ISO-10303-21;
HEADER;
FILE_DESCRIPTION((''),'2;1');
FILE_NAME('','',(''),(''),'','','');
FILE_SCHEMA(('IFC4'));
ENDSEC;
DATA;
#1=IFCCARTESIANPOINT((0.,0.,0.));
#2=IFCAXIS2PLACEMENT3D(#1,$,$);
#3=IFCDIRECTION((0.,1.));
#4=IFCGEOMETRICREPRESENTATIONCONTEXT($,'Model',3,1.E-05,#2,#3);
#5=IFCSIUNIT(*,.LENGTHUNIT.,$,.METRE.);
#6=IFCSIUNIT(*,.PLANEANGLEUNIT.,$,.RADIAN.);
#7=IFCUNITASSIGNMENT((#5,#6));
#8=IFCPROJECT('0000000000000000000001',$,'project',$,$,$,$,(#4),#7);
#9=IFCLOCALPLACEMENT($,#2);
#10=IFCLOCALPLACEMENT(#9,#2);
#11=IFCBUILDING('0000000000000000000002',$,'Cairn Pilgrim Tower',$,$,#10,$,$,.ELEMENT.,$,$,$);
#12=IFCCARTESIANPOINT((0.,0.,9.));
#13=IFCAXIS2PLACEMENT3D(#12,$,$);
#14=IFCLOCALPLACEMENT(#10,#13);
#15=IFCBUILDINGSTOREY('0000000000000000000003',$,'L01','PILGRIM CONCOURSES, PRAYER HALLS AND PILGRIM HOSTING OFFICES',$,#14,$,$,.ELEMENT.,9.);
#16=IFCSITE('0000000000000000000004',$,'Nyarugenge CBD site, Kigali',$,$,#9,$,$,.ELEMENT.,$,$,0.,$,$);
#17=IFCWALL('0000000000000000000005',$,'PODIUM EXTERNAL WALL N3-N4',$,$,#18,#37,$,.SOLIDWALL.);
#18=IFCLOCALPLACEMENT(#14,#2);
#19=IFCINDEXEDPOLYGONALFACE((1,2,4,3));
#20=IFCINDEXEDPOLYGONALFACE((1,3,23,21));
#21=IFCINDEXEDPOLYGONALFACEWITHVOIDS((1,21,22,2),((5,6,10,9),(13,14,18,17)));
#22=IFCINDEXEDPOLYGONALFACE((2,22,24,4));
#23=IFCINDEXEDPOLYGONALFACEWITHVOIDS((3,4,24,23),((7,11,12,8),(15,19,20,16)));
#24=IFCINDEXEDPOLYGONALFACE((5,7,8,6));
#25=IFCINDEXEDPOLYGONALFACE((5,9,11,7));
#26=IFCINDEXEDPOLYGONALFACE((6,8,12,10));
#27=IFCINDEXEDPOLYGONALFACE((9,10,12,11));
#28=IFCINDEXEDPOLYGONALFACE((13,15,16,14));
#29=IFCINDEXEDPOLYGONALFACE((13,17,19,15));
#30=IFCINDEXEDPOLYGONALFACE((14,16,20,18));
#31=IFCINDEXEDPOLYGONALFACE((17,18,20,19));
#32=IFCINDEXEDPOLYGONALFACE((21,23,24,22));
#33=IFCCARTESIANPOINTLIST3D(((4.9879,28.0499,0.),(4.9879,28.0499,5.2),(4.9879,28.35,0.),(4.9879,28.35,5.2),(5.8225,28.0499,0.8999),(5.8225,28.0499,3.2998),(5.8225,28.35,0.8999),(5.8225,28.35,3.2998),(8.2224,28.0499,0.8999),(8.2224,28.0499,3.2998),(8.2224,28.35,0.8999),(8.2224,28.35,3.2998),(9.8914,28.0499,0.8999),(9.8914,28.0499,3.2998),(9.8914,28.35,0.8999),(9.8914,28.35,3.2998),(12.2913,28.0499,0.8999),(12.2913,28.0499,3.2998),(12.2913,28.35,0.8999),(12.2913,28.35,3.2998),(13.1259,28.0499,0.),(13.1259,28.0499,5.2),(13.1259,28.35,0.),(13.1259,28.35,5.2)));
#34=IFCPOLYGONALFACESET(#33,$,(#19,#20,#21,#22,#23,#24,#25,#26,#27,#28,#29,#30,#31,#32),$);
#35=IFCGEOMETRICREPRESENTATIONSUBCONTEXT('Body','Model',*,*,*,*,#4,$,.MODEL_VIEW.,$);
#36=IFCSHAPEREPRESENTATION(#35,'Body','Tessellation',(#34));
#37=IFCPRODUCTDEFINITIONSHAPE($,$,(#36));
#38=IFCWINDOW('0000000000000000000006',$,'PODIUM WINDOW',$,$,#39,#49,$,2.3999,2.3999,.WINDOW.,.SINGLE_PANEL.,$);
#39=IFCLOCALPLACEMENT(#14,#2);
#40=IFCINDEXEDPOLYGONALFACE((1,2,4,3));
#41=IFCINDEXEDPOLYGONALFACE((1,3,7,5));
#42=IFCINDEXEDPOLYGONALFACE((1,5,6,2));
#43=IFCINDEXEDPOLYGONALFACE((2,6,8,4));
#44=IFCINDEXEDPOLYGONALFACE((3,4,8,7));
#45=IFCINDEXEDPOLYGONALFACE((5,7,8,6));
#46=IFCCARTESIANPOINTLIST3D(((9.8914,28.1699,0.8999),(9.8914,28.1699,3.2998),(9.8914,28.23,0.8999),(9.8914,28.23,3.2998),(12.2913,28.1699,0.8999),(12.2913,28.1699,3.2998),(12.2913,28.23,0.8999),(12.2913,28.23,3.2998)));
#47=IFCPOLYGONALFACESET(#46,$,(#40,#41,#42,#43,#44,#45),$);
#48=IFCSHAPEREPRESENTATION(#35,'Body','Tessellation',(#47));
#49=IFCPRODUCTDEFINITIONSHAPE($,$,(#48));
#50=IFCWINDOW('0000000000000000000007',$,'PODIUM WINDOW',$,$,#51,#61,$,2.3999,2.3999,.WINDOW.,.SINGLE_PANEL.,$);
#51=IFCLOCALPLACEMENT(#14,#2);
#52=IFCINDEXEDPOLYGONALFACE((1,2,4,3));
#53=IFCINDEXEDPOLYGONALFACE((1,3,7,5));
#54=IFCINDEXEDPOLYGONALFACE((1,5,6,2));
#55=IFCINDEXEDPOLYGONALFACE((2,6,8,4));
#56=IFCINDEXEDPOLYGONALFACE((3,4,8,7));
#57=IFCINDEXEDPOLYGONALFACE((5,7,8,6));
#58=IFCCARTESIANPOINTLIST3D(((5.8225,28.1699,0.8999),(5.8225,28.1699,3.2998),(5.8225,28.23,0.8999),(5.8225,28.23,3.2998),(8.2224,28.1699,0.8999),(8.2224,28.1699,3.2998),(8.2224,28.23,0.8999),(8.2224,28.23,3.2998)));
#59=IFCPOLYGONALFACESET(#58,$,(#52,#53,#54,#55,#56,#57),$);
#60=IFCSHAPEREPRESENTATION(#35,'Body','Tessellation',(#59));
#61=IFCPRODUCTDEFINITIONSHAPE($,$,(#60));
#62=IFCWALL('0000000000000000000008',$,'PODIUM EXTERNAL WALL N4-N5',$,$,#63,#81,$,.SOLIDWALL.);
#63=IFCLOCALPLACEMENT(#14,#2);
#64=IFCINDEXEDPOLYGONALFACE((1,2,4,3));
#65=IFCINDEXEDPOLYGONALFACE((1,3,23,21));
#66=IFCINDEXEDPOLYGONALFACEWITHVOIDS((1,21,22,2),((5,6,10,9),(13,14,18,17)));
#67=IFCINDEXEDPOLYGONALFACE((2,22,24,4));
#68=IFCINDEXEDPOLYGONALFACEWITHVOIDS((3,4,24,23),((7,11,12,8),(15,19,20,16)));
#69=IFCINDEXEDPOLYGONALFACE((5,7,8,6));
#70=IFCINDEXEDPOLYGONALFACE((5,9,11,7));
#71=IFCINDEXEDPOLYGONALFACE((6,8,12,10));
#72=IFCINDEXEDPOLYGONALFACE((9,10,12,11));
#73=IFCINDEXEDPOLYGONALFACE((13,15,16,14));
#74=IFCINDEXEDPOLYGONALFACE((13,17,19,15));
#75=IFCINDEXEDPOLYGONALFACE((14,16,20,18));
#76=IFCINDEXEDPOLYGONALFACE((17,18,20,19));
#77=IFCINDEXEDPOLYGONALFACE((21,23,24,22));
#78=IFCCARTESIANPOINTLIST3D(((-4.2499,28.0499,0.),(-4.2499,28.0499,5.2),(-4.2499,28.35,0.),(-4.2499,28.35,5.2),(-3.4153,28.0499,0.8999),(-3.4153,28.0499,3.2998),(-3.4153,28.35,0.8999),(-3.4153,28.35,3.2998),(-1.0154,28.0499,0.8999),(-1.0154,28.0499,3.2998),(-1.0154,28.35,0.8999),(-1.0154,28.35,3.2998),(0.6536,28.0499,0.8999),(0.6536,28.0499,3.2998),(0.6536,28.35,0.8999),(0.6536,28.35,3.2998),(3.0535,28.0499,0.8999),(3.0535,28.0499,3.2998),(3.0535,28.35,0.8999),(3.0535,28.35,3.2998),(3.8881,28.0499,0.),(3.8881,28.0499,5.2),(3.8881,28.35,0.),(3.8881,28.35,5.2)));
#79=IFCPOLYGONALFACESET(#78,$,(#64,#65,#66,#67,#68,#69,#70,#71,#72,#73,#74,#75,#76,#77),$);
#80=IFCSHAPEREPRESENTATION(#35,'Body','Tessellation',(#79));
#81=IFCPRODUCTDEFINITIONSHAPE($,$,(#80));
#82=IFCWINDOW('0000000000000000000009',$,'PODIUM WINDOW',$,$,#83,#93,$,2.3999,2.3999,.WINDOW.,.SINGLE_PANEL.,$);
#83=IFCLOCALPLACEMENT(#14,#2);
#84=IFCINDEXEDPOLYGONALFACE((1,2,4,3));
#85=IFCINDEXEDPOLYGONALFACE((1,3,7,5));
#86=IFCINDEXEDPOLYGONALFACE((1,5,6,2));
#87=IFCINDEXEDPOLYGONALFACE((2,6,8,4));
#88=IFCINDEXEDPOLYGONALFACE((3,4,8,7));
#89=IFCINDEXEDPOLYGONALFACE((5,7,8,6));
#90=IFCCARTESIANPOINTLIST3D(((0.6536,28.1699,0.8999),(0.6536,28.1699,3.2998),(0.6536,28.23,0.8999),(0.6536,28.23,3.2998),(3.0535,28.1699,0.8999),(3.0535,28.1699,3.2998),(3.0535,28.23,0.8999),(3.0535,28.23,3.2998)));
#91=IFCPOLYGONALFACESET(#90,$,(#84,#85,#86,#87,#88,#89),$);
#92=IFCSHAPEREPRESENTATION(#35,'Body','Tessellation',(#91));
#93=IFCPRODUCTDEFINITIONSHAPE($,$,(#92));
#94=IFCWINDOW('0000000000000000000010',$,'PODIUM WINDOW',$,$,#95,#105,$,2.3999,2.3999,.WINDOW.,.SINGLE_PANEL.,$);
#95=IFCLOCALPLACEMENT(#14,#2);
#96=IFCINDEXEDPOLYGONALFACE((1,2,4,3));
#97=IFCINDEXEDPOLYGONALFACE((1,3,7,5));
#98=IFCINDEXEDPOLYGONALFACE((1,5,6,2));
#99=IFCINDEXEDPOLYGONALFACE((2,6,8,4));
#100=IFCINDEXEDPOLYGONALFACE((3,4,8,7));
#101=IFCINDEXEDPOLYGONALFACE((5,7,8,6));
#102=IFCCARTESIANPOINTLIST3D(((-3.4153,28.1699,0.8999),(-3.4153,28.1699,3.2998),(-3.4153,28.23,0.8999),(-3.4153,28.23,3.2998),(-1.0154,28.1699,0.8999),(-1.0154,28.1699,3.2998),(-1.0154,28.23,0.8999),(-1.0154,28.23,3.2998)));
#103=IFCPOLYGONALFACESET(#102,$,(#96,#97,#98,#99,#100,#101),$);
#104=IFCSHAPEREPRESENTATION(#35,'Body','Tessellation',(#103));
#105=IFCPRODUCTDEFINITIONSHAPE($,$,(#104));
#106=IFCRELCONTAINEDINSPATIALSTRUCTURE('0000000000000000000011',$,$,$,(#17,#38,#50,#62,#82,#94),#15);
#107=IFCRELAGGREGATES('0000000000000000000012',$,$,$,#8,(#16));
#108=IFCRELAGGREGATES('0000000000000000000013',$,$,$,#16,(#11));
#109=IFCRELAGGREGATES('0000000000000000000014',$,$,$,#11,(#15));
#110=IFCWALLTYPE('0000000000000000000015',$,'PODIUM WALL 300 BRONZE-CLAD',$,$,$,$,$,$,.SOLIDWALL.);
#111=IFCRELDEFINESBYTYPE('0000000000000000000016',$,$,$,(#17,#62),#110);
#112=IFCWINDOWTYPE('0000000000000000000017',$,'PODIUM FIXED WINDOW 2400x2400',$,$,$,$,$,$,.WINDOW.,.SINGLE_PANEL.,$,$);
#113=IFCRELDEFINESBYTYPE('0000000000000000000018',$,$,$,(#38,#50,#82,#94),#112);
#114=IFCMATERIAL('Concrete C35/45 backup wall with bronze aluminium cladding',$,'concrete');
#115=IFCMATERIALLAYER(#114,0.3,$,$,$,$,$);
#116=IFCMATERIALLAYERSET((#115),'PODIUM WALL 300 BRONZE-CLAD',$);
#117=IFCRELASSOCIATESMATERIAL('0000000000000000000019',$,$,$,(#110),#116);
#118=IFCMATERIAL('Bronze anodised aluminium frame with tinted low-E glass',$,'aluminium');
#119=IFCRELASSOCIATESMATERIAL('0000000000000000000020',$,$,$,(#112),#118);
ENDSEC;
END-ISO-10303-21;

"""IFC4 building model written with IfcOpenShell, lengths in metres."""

from ifc_helpers import new_model, si_unit, direction, frame, frame_2d, origin, place, context, subcontext, project, spatial, rectangle, extrude, material, layer, layer_set, type_object, element, fill, save


model = new_model("IFC4")

# Units and contexts
model_context = context("Model", 3, precision=1e-05, world=origin(), true_north=direction((0.0, 1.0)))
body_context = subcontext(model_context, "Body", "Model", "MODEL_VIEW")
ifc_project = project(units=[si_unit("LENGTHUNIT", "METRE"), si_unit("PLANEANGLEUNIT", "RADIAN")], contexts=[model_context])

# Site, building, storey
site_placement = place(None, origin())
site = spatial("IfcSite", under=ifc_project, at=site_placement, Name="Nyarugenge CBD site, Kigali", CompositionType="ELEMENT", RefElevation=0.0)
building_placement = place(site_placement, origin())
building = spatial("IfcBuilding", under=site, at=building_placement, Name="Cairn Pilgrim Tower", CompositionType="ELEMENT")
storey_placement = place(building_placement, frame((0.0, 0.0, 9.0)))
storey = spatial("IfcBuildingStorey", under=building, at=storey_placement, Name="L01", Description="PILGRIM CONCOURSES, PRAYER HALLS AND PILGRIM HOSTING OFFICES", CompositionType="ELEMENT", Elevation=9.0)

# Walls, openings, windows
ifc_material_1 = material(Name="Concrete C35/45 backup wall with bronze aluminium cladding", Category="concrete")
ifc_layer_1 = layer(ifc_material_1, 0.3)
ifc_layer_set_1 = layer_set([ifc_layer_1], Name="PODIUM WALL 300 BRONZE-CLAD")
wall_type_1 = type_object("IfcWallType", Name="PODIUM WALL 300 BRONZE-CLAD", PredefinedType="SOLIDWALL", material=ifc_layer_set_1)
wall_1_placement = place(storey_placement, frame((13.1257, 28.2, 0.0), z_axis=(0.0, 0.0, 1.0), x_axis=(-1.0, 0.0, 0.0)))
wall_1 = element("IfcWall", 1, at=wall_1_placement, inside=storey, type_object=wall_type_1, Name="PODIUM EXTERNAL WALL N3-N4", PredefinedType="SOLIDWALL", context=body_context, shape_type="SweptSolid", body=[
    extrude(rectangle(XDim=8.1379, YDim=0.3, at=frame_2d((4.0688, 0.0))), origin(), (0.0, 0.0, 1.0), 5.2),
])
opening_1_placement = place(wall_1_placement, frame((0.8345, 0.0, 0.8999)))
opening_1 = element("IfcOpeningElement", 2, at=opening_1_placement, cuts=wall_1, PredefinedType="OPENING", context=body_context, shape_type="SweptSolid", body=[
    extrude(rectangle(XDim=2.3999, YDim=2.3999, at=frame_2d((1.2, 1.2))), frame((0.0, 0.1602, 0.0), z_axis=(0.0, -1.0, 0.0), x_axis=(1.0, 0.0, 0.0)), (0.0, 0.0, 1.0), 0.3201),
])
opening_2_placement = place(wall_1_placement, frame((4.9033, 0.0, 0.8999)))
opening_2 = element("IfcOpeningElement", 3, at=opening_2_placement, cuts=wall_1, PredefinedType="OPENING", context=body_context, shape_type="SweptSolid", body=[
    extrude(rectangle(XDim=2.3999, YDim=2.3999, at=frame_2d((1.2, 1.2))), frame((0.0, 0.1602, 0.0), z_axis=(0.0, -1.0, 0.0), x_axis=(1.0, 0.0, 0.0)), (0.0, 0.0, 1.0), 0.3201),
])
ifc_material_2 = material(Name="Bronze anodised aluminium frame with tinted low-E glass", Category="aluminium")
window_type = type_object("IfcWindowType", Name="PODIUM FIXED WINDOW 2400x2400", PartitioningType="SINGLE_PANEL", PredefinedType="WINDOW", material=ifc_material_2)
window_1_placement = place(opening_1_placement, origin())
window_1 = element("IfcWindow", 4, at=window_1_placement, inside=storey, type_object=window_type, Name="PODIUM WINDOW", OverallHeight=2.3999, OverallWidth=2.3999, PartitioningType="SINGLE_PANEL", PredefinedType="WINDOW", context=body_context, shape_type="SweptSolid", body=[
    extrude(rectangle(XDim=2.3999, YDim=2.3999, at=frame_2d((1.2, 1.2))), frame((0.0, 0.03, 0.0), z_axis=(0.0, -1.0, 0.0), x_axis=(1.0, 0.0, 0.0)), (0.0, 0.0, 1.0), 0.0601),
])
fill(opening_1, window_1)
window_2_placement = place(opening_2_placement, origin())
window_2 = element("IfcWindow", 5, at=window_2_placement, inside=storey, type_object=window_type, Name="PODIUM WINDOW", OverallHeight=2.3999, OverallWidth=2.3999, PartitioningType="SINGLE_PANEL", PredefinedType="WINDOW", context=body_context, shape_type="SweptSolid", body=[
    extrude(rectangle(XDim=2.3999, YDim=2.3999, at=frame_2d((1.2, 1.2))), frame((0.0, 0.03, 0.0), z_axis=(0.0, -1.0, 0.0), x_axis=(1.0, 0.0, 0.0)), (0.0, 0.0, 1.0), 0.0601),
])
fill(opening_2, window_2)
wall_2_placement = place(storey_placement, frame((3.8879, 28.2, 0.0), z_axis=(0.0, 0.0, 1.0), x_axis=(-1.0, 0.0, 0.0)))
wall_2 = element("IfcWall", 6, at=wall_2_placement, inside=storey, type_object=wall_type_1, Name="PODIUM EXTERNAL WALL N4-N5", PredefinedType="SOLIDWALL", context=body_context, shape_type="SweptSolid", body=[
    extrude(rectangle(XDim=8.1379, YDim=0.3, at=frame_2d((4.0688, 0.0))), origin(), (0.0, 0.0, 1.0), 5.2),
])
opening_3_placement = place(wall_2_placement, frame((0.8345, 0.0, 0.8999)))
opening_3 = element("IfcOpeningElement", 7, at=opening_3_placement, cuts=wall_2, PredefinedType="OPENING", context=body_context, shape_type="SweptSolid", body=[
    extrude(rectangle(XDim=2.3999, YDim=2.3999, at=frame_2d((1.2, 1.2))), frame((0.0, 0.1602, 0.0), z_axis=(0.0, -1.0, 0.0), x_axis=(1.0, 0.0, 0.0)), (0.0, 0.0, 1.0), 0.3201),
])
opening_4_placement = place(wall_2_placement, frame((4.9033, 0.0, 0.8999)))
opening_4 = element("IfcOpeningElement", 8, at=opening_4_placement, cuts=wall_2, PredefinedType="OPENING", context=body_context, shape_type="SweptSolid", body=[
    extrude(rectangle(XDim=2.3999, YDim=2.3999, at=frame_2d((1.2, 1.2))), frame((0.0, 0.1602, 0.0), z_axis=(0.0, -1.0, 0.0), x_axis=(1.0, 0.0, 0.0)), (0.0, 0.0, 1.0), 0.3201),
])
window_3_placement = place(opening_3_placement, origin())
window_3 = element("IfcWindow", 9, at=window_3_placement, inside=storey, type_object=window_type, Name="PODIUM WINDOW", OverallHeight=2.3999, OverallWidth=2.3999, PartitioningType="SINGLE_PANEL", PredefinedType="WINDOW", context=body_context, shape_type="SweptSolid", body=[
    extrude(rectangle(XDim=2.3999, YDim=2.3999, at=frame_2d((1.2, 1.2))), frame((0.0, 0.03, 0.0), z_axis=(0.0, -1.0, 0.0), x_axis=(1.0, 0.0, 0.0)), (0.0, 0.0, 1.0), 0.0601),
])
fill(opening_3, window_3)
window_4_placement = place(opening_4_placement, origin())
window_4 = element("IfcWindow", 10, at=window_4_placement, inside=storey, type_object=window_type, Name="PODIUM WINDOW", OverallHeight=2.3999, OverallWidth=2.3999, PartitioningType="SINGLE_PANEL", PredefinedType="WINDOW", context=body_context, shape_type="SweptSolid", body=[
    extrude(rectangle(XDim=2.3999, YDim=2.3999, at=frame_2d((1.2, 1.2))), frame((0.0, 0.03, 0.0), z_axis=(0.0, -1.0, 0.0), x_axis=(1.0, 0.0, 0.0)), (0.0, 0.0, 1.0), 0.0601),
])
fill(opening_4, window_4)

save(model, "model.ifc")
